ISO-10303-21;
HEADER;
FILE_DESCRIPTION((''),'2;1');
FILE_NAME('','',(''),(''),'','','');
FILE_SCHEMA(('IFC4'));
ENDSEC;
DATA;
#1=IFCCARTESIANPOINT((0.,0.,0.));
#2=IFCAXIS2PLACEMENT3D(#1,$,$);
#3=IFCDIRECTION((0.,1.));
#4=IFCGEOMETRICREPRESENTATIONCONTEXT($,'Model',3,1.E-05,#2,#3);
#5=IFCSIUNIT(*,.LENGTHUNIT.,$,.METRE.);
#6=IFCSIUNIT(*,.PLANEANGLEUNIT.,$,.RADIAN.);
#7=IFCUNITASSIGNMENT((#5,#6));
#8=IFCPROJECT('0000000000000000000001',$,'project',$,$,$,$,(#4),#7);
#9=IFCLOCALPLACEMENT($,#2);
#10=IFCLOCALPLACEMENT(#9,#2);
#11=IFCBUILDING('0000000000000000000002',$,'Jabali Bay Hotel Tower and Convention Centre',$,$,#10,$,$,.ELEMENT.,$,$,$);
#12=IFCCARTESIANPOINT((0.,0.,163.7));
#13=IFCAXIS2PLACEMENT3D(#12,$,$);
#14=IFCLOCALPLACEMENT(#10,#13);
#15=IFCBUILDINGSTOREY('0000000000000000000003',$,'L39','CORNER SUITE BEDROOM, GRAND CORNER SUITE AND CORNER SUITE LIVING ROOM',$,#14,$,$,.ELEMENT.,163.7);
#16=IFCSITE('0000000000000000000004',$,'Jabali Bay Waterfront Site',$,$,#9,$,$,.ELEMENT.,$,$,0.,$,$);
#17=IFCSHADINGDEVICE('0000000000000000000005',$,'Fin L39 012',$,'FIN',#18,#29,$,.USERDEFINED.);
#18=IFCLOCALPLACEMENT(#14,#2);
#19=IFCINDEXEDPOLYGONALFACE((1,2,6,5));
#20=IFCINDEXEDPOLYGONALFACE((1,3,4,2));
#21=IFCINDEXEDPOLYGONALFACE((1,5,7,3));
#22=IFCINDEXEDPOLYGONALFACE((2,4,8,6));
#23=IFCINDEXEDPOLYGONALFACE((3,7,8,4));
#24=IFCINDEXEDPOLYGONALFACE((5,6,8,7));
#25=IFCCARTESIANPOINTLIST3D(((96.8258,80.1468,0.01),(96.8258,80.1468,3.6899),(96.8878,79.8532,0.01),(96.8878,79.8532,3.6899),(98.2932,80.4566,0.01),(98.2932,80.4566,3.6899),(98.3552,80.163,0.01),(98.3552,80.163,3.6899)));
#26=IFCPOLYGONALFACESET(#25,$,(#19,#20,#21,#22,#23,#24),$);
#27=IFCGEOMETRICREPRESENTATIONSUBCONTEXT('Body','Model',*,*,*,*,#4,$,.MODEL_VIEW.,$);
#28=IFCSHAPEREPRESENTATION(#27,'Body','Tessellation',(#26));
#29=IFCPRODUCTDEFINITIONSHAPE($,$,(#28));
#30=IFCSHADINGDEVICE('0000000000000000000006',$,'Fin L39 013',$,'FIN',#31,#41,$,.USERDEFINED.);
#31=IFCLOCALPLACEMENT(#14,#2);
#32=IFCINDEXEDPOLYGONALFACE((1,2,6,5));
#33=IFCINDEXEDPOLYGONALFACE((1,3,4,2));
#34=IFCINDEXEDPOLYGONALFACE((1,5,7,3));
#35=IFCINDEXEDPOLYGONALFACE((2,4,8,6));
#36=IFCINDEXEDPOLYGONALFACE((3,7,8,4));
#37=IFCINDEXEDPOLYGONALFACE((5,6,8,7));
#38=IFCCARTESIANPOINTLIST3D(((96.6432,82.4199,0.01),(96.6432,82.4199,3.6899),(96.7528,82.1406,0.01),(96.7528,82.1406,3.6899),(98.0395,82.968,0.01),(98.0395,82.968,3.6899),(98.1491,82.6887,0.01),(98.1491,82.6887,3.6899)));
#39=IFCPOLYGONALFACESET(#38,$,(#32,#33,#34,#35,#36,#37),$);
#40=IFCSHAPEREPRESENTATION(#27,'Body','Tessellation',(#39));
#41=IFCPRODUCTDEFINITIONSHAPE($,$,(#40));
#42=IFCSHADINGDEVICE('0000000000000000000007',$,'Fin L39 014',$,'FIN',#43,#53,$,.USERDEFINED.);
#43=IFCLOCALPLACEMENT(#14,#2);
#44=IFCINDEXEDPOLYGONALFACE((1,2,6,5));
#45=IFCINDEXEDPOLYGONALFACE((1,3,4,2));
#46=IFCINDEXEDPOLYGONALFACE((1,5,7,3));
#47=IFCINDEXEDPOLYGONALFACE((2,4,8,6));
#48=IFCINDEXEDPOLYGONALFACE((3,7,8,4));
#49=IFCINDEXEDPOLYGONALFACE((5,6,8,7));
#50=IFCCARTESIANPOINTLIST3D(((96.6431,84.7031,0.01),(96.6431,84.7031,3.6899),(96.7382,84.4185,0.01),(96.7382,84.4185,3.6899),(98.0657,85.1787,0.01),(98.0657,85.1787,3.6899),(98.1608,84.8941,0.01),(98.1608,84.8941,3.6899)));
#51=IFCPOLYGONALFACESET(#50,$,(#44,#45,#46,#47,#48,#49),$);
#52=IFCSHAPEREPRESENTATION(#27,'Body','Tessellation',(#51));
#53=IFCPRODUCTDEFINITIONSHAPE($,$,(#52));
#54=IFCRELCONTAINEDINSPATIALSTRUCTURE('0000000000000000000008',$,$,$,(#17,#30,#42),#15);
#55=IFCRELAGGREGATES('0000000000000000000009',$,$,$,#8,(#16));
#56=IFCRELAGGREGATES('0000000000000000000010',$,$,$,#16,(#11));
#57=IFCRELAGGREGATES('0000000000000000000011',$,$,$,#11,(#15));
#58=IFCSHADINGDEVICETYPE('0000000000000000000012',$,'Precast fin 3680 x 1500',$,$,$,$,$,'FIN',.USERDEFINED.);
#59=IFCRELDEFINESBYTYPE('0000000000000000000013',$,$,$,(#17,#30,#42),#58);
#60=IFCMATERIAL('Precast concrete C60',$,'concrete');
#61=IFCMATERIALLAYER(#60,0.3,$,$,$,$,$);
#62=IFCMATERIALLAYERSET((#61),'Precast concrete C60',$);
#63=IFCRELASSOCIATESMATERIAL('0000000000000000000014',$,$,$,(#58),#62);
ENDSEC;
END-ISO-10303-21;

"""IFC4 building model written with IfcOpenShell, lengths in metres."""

from ifc_helpers import new_model, si_unit, direction, frame, frame_2d, origin, place, context, subcontext, project, spatial, rectangle, extrude, material, layer, layer_set, type_object, element, save


model = new_model("IFC4")

# Units and contexts
model_context = context("Model", 3, precision=1e-05, world=origin(), true_north=direction((0.0, 1.0)))
body_context = subcontext(model_context, "Body", "Model", "MODEL_VIEW")
ifc_project = project(units=[si_unit("LENGTHUNIT", "METRE"), si_unit("PLANEANGLEUNIT", "RADIAN")], contexts=[model_context])

# Site, building, storey
site_placement = place(None, origin())
site = spatial("IfcSite", under=ifc_project, at=site_placement, Name="Jabali Bay Waterfront Site", CompositionType="ELEMENT", RefElevation=0.0)
building_placement = place(site_placement, origin())
building = spatial("IfcBuilding", under=site, at=building_placement, Name="Jabali Bay Hotel Tower and Convention Centre", CompositionType="ELEMENT")
storey_placement = place(building_placement, frame((0.0, 0.0, 163.7)))
storey = spatial("IfcBuildingStorey", under=building, at=storey_placement, Name="L39", Description="CORNER SUITE BEDROOM, GRAND CORNER SUITE AND CORNER SUITE LIVING ROOM", CompositionType="ELEMENT", Elevation=163.7)

# Shading devices
ifc_material_1 = material(Name="Precast concrete C60", Category="concrete")
ifc_layer_1 = layer(ifc_material_1, 0.3)
ifc_layer_set_1 = layer_set([ifc_layer_1], Name="Precast concrete C60")
shading_device_type_1 = type_object("IfcShadingDeviceType", Name="Precast fin 3680 x 1500", ElementType="FIN", PredefinedType="USERDEFINED", material=ifc_layer_set_1)
shading_device_1_placement = place(storey_placement, frame((96.8567, 80.0, 0.01), z_axis=(0.0, 0.0, 1.0), x_axis=(0.978434, 0.20656, 0.0)))
element("IfcShadingDevice", 1, at=shading_device_1_placement, inside=storey, type_object=shading_device_type_1, Name="Fin L39 012", ObjectType="FIN", PredefinedType="USERDEFINED", context=body_context, shape_type="SweptSolid", body=[
    extrude(rectangle(XDim=1.4998, YDim=0.3, at=frame_2d((0.75, 0.0))), origin(), (0.0, 0.0, 1.0), 3.6799),
])
for number, where, z_axis, x_axis, name in (
    (2, (96.698, 82.2803, 0.01), (0.0, 0.0, 1.0), (0.930848, 0.365406, 0.0), "Fin L39 013"),
    (3, (96.6907, 84.5608, 0.01), (0.0, 0.0, 1.0), (0.948406, 0.317058, 0.0), "Fin L39 014"),
):
    element("IfcShadingDevice", number, at=place(storey_placement, frame(where, z_axis=z_axis, x_axis=x_axis)), inside=storey, type_object=shading_device_type_1, Name=name, ObjectType="FIN", PredefinedType="USERDEFINED", context=body_context, shape_type="SweptSolid", body=[
        extrude(rectangle(XDim=1.5, YDim=0.3, at=frame_2d((0.75, 0.0))), origin(), (0.0, 0.0, 1.0), 3.6799),
    ])

save(model, "model.ifc")
